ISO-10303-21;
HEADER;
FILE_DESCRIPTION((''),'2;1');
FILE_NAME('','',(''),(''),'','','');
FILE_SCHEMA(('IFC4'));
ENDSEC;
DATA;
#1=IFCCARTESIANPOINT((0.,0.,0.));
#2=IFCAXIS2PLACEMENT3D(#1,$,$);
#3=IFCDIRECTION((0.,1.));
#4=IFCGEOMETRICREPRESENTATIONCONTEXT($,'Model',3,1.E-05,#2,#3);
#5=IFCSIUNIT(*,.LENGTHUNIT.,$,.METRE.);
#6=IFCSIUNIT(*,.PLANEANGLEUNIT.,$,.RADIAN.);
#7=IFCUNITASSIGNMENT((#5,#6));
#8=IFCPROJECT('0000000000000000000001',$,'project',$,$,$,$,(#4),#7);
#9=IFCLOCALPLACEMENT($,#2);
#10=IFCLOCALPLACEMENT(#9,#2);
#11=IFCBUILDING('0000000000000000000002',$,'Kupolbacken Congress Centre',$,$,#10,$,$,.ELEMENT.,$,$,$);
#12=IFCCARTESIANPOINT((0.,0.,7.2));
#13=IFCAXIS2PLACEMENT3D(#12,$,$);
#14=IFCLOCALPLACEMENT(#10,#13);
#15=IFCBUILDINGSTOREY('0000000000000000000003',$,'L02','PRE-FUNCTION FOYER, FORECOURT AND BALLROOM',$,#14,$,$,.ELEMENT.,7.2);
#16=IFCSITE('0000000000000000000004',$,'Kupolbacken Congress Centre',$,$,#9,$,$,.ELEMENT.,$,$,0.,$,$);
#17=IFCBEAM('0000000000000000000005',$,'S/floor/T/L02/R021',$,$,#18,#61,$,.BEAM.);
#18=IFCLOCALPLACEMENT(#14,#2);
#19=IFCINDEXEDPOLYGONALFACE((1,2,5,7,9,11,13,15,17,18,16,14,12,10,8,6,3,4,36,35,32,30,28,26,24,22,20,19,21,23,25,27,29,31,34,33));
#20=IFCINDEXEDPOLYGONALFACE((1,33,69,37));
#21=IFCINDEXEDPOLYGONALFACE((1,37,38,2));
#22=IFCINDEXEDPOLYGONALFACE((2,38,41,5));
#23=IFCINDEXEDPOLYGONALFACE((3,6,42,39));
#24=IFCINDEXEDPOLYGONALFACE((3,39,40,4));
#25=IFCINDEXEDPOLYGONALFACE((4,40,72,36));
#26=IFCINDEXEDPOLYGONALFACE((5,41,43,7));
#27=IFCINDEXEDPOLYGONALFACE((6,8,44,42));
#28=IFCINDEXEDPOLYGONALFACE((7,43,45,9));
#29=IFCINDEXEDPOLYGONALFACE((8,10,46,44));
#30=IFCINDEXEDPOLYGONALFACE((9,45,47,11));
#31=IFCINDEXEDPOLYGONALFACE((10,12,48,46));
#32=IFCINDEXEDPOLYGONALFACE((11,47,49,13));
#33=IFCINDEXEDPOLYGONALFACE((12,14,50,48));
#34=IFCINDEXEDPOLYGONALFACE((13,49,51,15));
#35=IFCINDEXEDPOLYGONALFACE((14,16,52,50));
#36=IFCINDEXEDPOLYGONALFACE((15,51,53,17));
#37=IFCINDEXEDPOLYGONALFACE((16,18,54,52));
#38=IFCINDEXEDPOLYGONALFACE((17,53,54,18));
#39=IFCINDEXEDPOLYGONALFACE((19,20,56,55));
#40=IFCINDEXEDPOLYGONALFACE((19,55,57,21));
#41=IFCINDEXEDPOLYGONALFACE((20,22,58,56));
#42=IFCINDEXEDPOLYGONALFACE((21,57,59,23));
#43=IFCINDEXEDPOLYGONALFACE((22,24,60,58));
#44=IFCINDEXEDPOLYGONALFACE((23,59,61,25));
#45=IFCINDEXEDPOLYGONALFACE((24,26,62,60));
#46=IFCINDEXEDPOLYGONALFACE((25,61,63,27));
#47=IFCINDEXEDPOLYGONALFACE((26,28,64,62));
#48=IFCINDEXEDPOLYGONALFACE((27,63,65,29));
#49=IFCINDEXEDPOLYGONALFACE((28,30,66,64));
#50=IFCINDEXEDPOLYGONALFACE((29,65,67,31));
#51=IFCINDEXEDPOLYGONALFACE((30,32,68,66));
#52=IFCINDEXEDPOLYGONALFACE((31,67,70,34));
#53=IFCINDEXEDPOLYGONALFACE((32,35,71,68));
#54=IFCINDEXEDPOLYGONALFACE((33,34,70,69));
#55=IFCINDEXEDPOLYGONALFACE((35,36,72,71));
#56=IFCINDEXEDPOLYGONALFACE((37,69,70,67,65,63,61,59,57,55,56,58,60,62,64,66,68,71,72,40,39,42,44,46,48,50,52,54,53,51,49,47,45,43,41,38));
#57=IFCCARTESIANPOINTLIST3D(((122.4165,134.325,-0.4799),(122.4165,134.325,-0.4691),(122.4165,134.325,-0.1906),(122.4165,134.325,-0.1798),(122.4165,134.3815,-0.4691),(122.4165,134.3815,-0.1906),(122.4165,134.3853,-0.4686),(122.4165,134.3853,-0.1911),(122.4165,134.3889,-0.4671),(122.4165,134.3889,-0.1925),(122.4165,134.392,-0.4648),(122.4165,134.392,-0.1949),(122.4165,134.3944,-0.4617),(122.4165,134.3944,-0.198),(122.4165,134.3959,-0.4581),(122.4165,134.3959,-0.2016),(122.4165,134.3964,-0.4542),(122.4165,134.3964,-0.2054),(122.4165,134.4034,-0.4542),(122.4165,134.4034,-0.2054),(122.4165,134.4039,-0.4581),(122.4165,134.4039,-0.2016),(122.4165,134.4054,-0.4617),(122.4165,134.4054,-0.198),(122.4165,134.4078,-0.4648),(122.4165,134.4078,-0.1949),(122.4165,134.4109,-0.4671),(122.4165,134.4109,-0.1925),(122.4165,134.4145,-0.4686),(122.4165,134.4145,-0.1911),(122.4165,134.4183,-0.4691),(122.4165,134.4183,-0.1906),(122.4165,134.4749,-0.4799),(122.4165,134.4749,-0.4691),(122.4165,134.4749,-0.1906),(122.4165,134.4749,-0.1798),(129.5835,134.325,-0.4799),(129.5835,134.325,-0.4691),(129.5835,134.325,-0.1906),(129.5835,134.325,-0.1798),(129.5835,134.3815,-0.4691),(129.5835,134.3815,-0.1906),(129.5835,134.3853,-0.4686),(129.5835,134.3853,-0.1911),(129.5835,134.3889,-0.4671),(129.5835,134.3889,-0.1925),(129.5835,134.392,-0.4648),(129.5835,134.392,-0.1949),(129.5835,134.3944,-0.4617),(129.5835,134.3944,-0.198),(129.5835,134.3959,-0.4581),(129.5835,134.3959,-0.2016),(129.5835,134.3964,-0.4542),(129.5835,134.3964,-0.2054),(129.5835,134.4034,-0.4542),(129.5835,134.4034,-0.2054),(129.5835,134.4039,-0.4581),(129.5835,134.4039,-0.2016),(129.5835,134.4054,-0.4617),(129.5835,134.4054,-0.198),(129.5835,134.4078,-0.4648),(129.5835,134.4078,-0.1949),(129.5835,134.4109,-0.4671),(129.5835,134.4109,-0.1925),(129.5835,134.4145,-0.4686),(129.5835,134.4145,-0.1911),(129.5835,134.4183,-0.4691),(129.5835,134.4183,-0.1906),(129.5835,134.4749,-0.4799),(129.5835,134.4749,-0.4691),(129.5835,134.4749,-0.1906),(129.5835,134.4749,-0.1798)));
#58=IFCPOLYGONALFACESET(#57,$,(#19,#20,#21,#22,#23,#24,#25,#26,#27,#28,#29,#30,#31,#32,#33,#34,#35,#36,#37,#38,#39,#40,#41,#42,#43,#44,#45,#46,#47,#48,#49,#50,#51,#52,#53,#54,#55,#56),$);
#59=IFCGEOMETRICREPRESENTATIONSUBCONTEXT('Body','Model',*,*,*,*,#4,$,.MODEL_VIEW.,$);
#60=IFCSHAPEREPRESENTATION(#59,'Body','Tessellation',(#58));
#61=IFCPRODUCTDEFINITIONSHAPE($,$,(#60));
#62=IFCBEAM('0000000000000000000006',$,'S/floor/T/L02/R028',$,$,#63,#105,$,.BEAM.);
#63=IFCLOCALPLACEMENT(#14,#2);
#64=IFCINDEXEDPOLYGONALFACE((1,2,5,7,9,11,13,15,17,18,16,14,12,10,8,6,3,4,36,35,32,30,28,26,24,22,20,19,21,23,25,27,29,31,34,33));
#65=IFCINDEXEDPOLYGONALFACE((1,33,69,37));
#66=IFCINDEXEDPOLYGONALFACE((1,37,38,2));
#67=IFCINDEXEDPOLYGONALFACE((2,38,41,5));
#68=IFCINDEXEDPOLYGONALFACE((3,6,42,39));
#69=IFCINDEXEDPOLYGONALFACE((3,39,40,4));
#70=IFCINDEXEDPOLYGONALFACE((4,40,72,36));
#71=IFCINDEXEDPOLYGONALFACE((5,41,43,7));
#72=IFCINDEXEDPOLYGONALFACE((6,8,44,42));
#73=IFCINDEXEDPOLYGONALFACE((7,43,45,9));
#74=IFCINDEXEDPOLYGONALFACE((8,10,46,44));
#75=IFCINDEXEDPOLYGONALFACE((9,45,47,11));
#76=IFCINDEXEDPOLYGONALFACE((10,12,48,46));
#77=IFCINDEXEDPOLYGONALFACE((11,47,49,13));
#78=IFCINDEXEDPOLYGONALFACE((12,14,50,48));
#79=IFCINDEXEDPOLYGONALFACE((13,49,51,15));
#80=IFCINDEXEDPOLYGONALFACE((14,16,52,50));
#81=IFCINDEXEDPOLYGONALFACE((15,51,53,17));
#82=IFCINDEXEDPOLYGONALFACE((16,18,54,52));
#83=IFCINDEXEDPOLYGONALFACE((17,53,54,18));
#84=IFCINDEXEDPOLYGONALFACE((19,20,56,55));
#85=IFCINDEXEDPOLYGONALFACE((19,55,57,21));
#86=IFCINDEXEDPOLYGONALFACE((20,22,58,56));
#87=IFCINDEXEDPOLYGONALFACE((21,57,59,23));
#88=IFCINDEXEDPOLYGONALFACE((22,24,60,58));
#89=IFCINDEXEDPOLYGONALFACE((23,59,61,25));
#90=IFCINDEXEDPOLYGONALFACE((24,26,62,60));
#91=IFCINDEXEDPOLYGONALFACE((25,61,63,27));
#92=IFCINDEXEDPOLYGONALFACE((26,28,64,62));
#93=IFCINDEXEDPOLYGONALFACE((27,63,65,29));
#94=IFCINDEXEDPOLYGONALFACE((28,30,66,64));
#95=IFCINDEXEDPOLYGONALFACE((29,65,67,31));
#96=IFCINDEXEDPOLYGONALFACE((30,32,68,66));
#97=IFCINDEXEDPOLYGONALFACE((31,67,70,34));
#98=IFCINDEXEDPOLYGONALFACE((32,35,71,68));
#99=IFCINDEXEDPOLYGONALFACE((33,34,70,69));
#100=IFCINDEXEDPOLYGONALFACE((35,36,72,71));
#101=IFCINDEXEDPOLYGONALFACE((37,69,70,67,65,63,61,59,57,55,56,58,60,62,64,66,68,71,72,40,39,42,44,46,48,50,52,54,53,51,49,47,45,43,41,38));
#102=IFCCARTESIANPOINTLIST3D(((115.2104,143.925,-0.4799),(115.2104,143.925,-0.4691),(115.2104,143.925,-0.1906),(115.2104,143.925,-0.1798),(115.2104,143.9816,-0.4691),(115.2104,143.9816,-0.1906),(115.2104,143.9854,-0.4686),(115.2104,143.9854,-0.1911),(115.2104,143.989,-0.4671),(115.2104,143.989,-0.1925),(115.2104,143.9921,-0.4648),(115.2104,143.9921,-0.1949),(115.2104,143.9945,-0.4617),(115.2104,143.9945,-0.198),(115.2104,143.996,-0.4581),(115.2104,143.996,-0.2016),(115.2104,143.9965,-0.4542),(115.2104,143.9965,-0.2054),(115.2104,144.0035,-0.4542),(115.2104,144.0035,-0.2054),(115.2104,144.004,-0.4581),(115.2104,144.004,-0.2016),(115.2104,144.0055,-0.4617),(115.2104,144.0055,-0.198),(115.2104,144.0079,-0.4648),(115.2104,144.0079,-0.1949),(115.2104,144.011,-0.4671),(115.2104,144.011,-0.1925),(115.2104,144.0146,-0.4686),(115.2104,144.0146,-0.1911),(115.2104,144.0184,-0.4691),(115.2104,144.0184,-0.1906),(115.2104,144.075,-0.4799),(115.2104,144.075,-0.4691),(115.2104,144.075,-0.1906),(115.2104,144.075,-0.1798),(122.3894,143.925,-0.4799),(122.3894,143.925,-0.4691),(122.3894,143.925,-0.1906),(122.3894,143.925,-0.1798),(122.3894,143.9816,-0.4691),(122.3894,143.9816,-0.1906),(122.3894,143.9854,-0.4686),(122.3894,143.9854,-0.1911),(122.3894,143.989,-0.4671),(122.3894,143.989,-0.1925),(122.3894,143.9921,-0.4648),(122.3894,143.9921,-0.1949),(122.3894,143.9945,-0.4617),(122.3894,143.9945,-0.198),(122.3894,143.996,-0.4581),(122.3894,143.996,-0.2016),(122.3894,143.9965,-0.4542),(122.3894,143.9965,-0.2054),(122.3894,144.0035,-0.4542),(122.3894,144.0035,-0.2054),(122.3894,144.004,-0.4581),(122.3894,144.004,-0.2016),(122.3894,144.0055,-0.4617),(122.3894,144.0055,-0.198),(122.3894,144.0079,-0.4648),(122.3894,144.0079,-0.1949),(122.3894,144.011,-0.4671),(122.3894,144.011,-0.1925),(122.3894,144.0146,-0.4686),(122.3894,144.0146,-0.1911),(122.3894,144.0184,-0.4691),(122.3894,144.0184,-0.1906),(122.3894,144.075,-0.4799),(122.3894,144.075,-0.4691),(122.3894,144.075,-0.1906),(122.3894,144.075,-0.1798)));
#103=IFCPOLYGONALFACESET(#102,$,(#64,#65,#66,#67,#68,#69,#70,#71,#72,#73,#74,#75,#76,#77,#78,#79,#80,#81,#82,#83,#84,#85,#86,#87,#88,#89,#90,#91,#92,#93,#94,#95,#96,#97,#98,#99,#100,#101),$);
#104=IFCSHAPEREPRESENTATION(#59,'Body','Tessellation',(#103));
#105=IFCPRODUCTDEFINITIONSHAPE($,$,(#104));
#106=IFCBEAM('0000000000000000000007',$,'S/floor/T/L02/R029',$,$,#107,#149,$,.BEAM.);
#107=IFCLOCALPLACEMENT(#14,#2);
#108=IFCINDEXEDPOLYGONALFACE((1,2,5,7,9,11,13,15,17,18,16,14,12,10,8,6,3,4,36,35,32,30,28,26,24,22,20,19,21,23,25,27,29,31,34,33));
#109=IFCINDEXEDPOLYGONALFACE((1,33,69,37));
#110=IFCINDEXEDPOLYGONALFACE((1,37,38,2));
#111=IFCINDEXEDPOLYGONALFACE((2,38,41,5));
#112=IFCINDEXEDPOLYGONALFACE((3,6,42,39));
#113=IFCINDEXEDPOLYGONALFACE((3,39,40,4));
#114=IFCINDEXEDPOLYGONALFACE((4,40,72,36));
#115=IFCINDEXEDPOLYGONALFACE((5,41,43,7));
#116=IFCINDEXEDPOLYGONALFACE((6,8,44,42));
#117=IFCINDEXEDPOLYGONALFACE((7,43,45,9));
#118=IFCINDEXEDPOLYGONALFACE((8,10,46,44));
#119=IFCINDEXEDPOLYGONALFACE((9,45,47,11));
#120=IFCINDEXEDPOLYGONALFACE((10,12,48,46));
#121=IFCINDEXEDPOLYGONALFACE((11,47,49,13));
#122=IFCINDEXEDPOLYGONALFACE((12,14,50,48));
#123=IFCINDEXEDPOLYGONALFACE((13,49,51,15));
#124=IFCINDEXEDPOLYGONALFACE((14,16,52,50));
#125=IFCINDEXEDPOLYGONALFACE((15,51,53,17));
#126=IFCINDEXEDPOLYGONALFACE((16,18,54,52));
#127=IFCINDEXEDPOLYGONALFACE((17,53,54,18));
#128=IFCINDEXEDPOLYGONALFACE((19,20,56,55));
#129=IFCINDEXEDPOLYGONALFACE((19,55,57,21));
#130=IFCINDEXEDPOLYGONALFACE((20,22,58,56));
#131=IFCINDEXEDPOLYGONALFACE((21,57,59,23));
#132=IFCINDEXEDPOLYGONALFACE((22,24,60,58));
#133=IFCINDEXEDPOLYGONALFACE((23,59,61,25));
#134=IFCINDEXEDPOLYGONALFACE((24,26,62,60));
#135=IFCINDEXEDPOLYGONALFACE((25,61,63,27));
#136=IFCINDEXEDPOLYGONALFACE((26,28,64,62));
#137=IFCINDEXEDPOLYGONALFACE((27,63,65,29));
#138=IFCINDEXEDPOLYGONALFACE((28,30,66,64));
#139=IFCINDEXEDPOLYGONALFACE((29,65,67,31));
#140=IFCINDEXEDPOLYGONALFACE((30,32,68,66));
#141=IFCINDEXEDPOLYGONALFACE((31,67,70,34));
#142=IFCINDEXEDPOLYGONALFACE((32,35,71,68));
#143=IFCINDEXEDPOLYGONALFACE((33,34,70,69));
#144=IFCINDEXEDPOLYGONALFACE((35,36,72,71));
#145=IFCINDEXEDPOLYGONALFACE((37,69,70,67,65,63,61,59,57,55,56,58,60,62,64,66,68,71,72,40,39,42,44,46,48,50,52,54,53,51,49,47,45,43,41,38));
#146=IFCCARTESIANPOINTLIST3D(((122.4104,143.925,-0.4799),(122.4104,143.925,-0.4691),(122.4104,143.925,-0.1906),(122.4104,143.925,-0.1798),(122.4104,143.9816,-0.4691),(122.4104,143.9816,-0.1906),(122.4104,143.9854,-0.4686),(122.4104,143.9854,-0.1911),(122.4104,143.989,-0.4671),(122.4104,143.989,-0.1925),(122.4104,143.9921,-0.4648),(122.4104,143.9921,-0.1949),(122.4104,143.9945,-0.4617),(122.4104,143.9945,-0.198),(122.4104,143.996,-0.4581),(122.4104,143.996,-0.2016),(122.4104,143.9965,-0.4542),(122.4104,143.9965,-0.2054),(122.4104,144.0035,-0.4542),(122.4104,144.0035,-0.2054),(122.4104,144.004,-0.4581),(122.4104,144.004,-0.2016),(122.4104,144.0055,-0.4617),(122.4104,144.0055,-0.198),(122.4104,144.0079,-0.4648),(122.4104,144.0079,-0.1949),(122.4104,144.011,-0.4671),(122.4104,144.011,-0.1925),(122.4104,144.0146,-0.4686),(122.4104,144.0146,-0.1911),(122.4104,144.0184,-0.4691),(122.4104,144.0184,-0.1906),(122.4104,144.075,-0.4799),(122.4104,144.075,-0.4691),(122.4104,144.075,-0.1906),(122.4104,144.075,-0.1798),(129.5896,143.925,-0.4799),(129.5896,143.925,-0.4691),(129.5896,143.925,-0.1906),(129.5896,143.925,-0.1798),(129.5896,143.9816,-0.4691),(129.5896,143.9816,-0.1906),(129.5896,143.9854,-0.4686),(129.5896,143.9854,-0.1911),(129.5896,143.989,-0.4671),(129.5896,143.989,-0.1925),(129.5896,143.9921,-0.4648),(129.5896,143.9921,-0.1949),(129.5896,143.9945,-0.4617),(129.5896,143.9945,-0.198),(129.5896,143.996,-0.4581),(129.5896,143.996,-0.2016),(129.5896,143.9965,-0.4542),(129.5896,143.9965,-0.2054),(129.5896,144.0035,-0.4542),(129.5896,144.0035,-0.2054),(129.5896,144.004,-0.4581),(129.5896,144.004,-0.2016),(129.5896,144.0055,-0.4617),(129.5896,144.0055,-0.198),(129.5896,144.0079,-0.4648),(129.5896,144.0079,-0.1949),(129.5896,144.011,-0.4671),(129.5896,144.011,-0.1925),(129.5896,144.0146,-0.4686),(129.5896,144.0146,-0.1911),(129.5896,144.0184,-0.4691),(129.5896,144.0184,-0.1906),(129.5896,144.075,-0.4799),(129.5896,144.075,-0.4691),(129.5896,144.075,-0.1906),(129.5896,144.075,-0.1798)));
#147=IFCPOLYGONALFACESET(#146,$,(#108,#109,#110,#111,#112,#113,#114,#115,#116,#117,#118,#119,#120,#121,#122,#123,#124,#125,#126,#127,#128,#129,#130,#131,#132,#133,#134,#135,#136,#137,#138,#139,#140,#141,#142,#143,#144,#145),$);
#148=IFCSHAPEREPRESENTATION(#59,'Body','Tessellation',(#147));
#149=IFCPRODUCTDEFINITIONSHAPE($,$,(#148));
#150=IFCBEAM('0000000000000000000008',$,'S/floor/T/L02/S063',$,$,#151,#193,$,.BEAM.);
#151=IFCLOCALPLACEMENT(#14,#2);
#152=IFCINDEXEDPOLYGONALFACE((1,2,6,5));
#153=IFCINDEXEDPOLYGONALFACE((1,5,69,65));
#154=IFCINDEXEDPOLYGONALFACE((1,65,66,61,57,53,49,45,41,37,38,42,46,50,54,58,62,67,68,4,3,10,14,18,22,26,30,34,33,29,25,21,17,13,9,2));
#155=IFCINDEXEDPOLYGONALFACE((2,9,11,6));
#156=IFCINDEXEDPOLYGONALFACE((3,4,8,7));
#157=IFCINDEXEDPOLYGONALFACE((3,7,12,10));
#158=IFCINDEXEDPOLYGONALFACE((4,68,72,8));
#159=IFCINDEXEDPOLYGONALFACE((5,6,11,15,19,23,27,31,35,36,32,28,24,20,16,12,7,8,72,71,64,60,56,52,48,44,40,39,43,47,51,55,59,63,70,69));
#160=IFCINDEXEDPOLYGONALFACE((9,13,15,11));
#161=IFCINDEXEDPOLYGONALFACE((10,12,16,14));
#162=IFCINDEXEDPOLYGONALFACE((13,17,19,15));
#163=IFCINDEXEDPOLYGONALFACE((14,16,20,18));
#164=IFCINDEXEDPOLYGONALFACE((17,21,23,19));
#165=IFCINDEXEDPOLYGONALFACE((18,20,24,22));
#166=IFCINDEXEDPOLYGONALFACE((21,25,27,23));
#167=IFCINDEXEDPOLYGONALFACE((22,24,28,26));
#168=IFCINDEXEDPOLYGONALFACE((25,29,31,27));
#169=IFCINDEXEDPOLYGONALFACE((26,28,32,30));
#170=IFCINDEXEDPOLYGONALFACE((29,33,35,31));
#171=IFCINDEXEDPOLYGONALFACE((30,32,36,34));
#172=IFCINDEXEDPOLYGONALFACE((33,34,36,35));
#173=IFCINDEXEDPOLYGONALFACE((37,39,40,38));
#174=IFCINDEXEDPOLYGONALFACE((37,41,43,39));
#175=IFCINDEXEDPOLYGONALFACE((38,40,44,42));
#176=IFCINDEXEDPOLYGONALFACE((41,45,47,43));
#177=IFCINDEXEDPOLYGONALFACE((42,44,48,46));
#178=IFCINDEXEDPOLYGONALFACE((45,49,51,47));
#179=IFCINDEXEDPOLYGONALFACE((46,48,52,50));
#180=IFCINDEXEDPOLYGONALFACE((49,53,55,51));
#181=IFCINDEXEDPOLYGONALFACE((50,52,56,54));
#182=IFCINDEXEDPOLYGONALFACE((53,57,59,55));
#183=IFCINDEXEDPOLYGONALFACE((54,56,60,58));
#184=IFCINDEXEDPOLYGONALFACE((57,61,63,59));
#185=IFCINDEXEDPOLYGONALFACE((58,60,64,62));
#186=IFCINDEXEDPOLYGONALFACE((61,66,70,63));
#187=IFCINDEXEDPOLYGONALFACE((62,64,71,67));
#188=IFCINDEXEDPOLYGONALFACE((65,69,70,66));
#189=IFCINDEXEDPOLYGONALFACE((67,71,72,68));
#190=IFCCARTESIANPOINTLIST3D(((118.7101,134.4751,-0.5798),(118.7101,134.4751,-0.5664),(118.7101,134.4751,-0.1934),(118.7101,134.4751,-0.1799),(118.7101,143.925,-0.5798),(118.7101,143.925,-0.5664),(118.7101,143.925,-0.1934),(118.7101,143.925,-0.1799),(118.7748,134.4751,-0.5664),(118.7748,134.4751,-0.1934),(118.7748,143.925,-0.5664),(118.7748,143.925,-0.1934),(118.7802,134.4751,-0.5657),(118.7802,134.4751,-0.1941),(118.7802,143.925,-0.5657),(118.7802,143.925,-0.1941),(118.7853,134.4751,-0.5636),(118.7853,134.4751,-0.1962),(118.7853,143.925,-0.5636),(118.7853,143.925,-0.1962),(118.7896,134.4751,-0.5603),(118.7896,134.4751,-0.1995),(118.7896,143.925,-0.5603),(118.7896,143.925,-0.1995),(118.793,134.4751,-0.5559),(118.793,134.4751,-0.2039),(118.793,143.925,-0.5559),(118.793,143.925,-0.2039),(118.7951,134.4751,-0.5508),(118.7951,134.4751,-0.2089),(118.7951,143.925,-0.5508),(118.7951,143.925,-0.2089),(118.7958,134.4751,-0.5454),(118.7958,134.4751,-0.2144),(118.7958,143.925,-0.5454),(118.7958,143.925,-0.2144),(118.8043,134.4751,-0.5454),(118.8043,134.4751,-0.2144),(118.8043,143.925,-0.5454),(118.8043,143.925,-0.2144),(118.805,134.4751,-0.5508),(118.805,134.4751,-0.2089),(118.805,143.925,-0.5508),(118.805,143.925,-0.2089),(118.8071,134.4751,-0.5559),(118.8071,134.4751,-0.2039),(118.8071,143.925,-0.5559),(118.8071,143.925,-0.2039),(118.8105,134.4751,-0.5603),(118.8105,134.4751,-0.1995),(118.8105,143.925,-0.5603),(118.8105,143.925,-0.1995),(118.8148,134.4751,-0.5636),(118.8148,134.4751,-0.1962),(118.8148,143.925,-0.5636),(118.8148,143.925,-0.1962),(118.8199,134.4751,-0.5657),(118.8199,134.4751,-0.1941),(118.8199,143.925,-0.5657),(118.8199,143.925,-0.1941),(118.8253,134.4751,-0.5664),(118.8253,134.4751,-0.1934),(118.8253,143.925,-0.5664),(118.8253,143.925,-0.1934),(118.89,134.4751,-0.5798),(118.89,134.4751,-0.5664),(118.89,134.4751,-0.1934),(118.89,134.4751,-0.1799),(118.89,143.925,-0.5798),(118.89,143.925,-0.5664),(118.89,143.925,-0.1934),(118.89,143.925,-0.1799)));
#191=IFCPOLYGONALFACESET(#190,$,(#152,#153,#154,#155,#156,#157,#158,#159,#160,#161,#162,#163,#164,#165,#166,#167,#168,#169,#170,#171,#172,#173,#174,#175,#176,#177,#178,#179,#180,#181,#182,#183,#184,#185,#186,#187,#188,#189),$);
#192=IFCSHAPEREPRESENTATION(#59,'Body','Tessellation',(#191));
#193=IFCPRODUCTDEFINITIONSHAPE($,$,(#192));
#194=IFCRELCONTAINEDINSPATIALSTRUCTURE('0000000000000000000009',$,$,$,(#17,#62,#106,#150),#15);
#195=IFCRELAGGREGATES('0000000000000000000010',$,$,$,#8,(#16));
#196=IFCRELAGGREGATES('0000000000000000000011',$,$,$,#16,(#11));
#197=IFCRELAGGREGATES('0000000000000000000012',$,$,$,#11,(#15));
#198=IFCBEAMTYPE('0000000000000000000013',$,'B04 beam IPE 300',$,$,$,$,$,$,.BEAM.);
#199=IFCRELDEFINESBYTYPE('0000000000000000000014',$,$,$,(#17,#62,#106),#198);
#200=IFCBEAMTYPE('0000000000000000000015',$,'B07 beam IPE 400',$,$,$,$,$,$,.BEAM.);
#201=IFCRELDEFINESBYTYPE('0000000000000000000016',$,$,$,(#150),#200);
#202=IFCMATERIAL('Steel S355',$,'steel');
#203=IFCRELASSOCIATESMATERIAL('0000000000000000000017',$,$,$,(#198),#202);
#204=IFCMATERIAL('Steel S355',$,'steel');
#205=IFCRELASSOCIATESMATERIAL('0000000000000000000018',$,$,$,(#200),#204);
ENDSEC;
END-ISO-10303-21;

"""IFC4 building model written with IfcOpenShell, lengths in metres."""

from ifc_helpers import new_model, si_unit, direction, frame, origin, origin_2d, place, context, subcontext, project, spatial, i_section, extrude, material, material_profile, profile_set, type_object, element, save


model = new_model("IFC4")

# Units and contexts
model_context = context("Model", 3, precision=1e-05, world=origin(), true_north=direction((0.0, 1.0)))
body_context = subcontext(model_context, "Body", "Model", "MODEL_VIEW")
ifc_project = project(units=[si_unit("LENGTHUNIT", "METRE"), si_unit("PLANEANGLEUNIT", "RADIAN")], contexts=[model_context])

# Site, building, storey
site_placement = place(None, origin())
site = spatial("IfcSite", under=ifc_project, at=site_placement, Name="Kupolbacken Congress Centre", CompositionType="ELEMENT", RefElevation=0.0)
building_placement = place(site_placement, origin())
building = spatial("IfcBuilding", under=site, at=building_placement, Name="Kupolbacken Congress Centre", CompositionType="ELEMENT")
storey_placement = place(building_placement, frame((0.0, 0.0, 7.2)))
storey = spatial("IfcBuildingStorey", under=building, at=storey_placement, Name="L02", Description="PRE-FUNCTION FOYER, FORECOURT AND BALLROOM", CompositionType="ELEMENT", Elevation=7.2)

# Beams
ifc_material_1 = material(Name="Steel S355", Category="steel")
ifc_material_profile_1 = material_profile(ifc_material_1, i_section(OverallWidth=0.1499, OverallDepth=0.3, WebThickness=0.0071, FlangeThickness=0.0107, FilletRadius=0.0149, at=origin_2d()), Name="IPE 300")
ifc_profile_set_1 = profile_set([ifc_material_profile_1], Name="Steel S355")
beam_type_1 = type_object("IfcBeamType", Name="B04 beam IPE 300", PredefinedType="BEAM", material=ifc_profile_set_1)
beam_1_placement = place(storey_placement, frame((122.4165, 134.3999, -0.3298), z_axis=(1.0, 0.0, 0.0), x_axis=(0.0, 1.0, 0.0)))
element("IfcBeam", 1, at=beam_1_placement, inside=storey, type_object=beam_type_1, Name="S/floor/T/L02/R021", PredefinedType="BEAM", context=body_context, shape_type="SweptSolid", body=[
    extrude(i_section(OverallWidth=0.1499, OverallDepth=0.3, WebThickness=0.0071, FlangeThickness=0.0107, FilletRadius=0.0149, at=origin_2d()), origin(), (0.0, 0.0, 1.0), 7.167),
])
beam_2_placement = place(storey_placement, frame((115.2104, 144.0, -0.3298), z_axis=(1.0, 0.0, 0.0), x_axis=(0.0, 1.0, 0.0)))
element("IfcBeam", 2, at=beam_2_placement, inside=storey, type_object=beam_type_1, Name="S/floor/T/L02/R028", PredefinedType="BEAM", context=body_context, shape_type="SweptSolid", body=[
    extrude(i_section(OverallWidth=0.1499, OverallDepth=0.3, WebThickness=0.0071, FlangeThickness=0.0107, FilletRadius=0.0149, at=origin_2d()), origin(), (0.0, 0.0, 1.0), 7.179),
])
beam_3_placement = place(storey_placement, frame((122.4104, 144.0, -0.3298), z_axis=(1.0, 0.0, 0.0), x_axis=(0.0, 1.0, 0.0)))
element("IfcBeam", 3, at=beam_3_placement, inside=storey, type_object=beam_type_1, Name="S/floor/T/L02/R029", PredefinedType="BEAM", context=body_context, shape_type="SweptSolid", body=[
    extrude(i_section(OverallWidth=0.1499, OverallDepth=0.3, WebThickness=0.0071, FlangeThickness=0.0107, FilletRadius=0.0149, at=origin_2d()), origin(), (0.0, 0.0, 1.0), 7.1792),
])
ifc_material_2 = material(Name="Steel S355", Category="steel")
ifc_material_profile_2 = material_profile(ifc_material_2, i_section(OverallWidth=0.1799, OverallDepth=0.3999, WebThickness=0.0085, FlangeThickness=0.0134, FilletRadius=0.021, at=origin_2d()), Name="IPE 400")
ifc_profile_set_2 = profile_set([ifc_material_profile_2], Name="Steel S355")
beam_type_2 = type_object("IfcBeamType", Name="B07 beam IPE 400", PredefinedType="BEAM", material=ifc_profile_set_2)
beam_4_placement = place(storey_placement, frame((118.8, 134.4751, -0.3799), z_axis=(0.0, 1.0, 0.0), x_axis=(-1.0, 0.0, 0.0)))
element("IfcBeam", 4, at=beam_4_placement, inside=storey, type_object=beam_type_2, Name="S/floor/T/L02/S063", PredefinedType="BEAM", context=body_context, shape_type="SweptSolid", body=[
    extrude(i_section(OverallWidth=0.1799, OverallDepth=0.3999, WebThickness=0.0085, FlangeThickness=0.0134, FilletRadius=0.021, at=origin_2d()), origin(), (0.0, 0.0, 1.0), 9.45),
])

save(model, "model.ifc")
